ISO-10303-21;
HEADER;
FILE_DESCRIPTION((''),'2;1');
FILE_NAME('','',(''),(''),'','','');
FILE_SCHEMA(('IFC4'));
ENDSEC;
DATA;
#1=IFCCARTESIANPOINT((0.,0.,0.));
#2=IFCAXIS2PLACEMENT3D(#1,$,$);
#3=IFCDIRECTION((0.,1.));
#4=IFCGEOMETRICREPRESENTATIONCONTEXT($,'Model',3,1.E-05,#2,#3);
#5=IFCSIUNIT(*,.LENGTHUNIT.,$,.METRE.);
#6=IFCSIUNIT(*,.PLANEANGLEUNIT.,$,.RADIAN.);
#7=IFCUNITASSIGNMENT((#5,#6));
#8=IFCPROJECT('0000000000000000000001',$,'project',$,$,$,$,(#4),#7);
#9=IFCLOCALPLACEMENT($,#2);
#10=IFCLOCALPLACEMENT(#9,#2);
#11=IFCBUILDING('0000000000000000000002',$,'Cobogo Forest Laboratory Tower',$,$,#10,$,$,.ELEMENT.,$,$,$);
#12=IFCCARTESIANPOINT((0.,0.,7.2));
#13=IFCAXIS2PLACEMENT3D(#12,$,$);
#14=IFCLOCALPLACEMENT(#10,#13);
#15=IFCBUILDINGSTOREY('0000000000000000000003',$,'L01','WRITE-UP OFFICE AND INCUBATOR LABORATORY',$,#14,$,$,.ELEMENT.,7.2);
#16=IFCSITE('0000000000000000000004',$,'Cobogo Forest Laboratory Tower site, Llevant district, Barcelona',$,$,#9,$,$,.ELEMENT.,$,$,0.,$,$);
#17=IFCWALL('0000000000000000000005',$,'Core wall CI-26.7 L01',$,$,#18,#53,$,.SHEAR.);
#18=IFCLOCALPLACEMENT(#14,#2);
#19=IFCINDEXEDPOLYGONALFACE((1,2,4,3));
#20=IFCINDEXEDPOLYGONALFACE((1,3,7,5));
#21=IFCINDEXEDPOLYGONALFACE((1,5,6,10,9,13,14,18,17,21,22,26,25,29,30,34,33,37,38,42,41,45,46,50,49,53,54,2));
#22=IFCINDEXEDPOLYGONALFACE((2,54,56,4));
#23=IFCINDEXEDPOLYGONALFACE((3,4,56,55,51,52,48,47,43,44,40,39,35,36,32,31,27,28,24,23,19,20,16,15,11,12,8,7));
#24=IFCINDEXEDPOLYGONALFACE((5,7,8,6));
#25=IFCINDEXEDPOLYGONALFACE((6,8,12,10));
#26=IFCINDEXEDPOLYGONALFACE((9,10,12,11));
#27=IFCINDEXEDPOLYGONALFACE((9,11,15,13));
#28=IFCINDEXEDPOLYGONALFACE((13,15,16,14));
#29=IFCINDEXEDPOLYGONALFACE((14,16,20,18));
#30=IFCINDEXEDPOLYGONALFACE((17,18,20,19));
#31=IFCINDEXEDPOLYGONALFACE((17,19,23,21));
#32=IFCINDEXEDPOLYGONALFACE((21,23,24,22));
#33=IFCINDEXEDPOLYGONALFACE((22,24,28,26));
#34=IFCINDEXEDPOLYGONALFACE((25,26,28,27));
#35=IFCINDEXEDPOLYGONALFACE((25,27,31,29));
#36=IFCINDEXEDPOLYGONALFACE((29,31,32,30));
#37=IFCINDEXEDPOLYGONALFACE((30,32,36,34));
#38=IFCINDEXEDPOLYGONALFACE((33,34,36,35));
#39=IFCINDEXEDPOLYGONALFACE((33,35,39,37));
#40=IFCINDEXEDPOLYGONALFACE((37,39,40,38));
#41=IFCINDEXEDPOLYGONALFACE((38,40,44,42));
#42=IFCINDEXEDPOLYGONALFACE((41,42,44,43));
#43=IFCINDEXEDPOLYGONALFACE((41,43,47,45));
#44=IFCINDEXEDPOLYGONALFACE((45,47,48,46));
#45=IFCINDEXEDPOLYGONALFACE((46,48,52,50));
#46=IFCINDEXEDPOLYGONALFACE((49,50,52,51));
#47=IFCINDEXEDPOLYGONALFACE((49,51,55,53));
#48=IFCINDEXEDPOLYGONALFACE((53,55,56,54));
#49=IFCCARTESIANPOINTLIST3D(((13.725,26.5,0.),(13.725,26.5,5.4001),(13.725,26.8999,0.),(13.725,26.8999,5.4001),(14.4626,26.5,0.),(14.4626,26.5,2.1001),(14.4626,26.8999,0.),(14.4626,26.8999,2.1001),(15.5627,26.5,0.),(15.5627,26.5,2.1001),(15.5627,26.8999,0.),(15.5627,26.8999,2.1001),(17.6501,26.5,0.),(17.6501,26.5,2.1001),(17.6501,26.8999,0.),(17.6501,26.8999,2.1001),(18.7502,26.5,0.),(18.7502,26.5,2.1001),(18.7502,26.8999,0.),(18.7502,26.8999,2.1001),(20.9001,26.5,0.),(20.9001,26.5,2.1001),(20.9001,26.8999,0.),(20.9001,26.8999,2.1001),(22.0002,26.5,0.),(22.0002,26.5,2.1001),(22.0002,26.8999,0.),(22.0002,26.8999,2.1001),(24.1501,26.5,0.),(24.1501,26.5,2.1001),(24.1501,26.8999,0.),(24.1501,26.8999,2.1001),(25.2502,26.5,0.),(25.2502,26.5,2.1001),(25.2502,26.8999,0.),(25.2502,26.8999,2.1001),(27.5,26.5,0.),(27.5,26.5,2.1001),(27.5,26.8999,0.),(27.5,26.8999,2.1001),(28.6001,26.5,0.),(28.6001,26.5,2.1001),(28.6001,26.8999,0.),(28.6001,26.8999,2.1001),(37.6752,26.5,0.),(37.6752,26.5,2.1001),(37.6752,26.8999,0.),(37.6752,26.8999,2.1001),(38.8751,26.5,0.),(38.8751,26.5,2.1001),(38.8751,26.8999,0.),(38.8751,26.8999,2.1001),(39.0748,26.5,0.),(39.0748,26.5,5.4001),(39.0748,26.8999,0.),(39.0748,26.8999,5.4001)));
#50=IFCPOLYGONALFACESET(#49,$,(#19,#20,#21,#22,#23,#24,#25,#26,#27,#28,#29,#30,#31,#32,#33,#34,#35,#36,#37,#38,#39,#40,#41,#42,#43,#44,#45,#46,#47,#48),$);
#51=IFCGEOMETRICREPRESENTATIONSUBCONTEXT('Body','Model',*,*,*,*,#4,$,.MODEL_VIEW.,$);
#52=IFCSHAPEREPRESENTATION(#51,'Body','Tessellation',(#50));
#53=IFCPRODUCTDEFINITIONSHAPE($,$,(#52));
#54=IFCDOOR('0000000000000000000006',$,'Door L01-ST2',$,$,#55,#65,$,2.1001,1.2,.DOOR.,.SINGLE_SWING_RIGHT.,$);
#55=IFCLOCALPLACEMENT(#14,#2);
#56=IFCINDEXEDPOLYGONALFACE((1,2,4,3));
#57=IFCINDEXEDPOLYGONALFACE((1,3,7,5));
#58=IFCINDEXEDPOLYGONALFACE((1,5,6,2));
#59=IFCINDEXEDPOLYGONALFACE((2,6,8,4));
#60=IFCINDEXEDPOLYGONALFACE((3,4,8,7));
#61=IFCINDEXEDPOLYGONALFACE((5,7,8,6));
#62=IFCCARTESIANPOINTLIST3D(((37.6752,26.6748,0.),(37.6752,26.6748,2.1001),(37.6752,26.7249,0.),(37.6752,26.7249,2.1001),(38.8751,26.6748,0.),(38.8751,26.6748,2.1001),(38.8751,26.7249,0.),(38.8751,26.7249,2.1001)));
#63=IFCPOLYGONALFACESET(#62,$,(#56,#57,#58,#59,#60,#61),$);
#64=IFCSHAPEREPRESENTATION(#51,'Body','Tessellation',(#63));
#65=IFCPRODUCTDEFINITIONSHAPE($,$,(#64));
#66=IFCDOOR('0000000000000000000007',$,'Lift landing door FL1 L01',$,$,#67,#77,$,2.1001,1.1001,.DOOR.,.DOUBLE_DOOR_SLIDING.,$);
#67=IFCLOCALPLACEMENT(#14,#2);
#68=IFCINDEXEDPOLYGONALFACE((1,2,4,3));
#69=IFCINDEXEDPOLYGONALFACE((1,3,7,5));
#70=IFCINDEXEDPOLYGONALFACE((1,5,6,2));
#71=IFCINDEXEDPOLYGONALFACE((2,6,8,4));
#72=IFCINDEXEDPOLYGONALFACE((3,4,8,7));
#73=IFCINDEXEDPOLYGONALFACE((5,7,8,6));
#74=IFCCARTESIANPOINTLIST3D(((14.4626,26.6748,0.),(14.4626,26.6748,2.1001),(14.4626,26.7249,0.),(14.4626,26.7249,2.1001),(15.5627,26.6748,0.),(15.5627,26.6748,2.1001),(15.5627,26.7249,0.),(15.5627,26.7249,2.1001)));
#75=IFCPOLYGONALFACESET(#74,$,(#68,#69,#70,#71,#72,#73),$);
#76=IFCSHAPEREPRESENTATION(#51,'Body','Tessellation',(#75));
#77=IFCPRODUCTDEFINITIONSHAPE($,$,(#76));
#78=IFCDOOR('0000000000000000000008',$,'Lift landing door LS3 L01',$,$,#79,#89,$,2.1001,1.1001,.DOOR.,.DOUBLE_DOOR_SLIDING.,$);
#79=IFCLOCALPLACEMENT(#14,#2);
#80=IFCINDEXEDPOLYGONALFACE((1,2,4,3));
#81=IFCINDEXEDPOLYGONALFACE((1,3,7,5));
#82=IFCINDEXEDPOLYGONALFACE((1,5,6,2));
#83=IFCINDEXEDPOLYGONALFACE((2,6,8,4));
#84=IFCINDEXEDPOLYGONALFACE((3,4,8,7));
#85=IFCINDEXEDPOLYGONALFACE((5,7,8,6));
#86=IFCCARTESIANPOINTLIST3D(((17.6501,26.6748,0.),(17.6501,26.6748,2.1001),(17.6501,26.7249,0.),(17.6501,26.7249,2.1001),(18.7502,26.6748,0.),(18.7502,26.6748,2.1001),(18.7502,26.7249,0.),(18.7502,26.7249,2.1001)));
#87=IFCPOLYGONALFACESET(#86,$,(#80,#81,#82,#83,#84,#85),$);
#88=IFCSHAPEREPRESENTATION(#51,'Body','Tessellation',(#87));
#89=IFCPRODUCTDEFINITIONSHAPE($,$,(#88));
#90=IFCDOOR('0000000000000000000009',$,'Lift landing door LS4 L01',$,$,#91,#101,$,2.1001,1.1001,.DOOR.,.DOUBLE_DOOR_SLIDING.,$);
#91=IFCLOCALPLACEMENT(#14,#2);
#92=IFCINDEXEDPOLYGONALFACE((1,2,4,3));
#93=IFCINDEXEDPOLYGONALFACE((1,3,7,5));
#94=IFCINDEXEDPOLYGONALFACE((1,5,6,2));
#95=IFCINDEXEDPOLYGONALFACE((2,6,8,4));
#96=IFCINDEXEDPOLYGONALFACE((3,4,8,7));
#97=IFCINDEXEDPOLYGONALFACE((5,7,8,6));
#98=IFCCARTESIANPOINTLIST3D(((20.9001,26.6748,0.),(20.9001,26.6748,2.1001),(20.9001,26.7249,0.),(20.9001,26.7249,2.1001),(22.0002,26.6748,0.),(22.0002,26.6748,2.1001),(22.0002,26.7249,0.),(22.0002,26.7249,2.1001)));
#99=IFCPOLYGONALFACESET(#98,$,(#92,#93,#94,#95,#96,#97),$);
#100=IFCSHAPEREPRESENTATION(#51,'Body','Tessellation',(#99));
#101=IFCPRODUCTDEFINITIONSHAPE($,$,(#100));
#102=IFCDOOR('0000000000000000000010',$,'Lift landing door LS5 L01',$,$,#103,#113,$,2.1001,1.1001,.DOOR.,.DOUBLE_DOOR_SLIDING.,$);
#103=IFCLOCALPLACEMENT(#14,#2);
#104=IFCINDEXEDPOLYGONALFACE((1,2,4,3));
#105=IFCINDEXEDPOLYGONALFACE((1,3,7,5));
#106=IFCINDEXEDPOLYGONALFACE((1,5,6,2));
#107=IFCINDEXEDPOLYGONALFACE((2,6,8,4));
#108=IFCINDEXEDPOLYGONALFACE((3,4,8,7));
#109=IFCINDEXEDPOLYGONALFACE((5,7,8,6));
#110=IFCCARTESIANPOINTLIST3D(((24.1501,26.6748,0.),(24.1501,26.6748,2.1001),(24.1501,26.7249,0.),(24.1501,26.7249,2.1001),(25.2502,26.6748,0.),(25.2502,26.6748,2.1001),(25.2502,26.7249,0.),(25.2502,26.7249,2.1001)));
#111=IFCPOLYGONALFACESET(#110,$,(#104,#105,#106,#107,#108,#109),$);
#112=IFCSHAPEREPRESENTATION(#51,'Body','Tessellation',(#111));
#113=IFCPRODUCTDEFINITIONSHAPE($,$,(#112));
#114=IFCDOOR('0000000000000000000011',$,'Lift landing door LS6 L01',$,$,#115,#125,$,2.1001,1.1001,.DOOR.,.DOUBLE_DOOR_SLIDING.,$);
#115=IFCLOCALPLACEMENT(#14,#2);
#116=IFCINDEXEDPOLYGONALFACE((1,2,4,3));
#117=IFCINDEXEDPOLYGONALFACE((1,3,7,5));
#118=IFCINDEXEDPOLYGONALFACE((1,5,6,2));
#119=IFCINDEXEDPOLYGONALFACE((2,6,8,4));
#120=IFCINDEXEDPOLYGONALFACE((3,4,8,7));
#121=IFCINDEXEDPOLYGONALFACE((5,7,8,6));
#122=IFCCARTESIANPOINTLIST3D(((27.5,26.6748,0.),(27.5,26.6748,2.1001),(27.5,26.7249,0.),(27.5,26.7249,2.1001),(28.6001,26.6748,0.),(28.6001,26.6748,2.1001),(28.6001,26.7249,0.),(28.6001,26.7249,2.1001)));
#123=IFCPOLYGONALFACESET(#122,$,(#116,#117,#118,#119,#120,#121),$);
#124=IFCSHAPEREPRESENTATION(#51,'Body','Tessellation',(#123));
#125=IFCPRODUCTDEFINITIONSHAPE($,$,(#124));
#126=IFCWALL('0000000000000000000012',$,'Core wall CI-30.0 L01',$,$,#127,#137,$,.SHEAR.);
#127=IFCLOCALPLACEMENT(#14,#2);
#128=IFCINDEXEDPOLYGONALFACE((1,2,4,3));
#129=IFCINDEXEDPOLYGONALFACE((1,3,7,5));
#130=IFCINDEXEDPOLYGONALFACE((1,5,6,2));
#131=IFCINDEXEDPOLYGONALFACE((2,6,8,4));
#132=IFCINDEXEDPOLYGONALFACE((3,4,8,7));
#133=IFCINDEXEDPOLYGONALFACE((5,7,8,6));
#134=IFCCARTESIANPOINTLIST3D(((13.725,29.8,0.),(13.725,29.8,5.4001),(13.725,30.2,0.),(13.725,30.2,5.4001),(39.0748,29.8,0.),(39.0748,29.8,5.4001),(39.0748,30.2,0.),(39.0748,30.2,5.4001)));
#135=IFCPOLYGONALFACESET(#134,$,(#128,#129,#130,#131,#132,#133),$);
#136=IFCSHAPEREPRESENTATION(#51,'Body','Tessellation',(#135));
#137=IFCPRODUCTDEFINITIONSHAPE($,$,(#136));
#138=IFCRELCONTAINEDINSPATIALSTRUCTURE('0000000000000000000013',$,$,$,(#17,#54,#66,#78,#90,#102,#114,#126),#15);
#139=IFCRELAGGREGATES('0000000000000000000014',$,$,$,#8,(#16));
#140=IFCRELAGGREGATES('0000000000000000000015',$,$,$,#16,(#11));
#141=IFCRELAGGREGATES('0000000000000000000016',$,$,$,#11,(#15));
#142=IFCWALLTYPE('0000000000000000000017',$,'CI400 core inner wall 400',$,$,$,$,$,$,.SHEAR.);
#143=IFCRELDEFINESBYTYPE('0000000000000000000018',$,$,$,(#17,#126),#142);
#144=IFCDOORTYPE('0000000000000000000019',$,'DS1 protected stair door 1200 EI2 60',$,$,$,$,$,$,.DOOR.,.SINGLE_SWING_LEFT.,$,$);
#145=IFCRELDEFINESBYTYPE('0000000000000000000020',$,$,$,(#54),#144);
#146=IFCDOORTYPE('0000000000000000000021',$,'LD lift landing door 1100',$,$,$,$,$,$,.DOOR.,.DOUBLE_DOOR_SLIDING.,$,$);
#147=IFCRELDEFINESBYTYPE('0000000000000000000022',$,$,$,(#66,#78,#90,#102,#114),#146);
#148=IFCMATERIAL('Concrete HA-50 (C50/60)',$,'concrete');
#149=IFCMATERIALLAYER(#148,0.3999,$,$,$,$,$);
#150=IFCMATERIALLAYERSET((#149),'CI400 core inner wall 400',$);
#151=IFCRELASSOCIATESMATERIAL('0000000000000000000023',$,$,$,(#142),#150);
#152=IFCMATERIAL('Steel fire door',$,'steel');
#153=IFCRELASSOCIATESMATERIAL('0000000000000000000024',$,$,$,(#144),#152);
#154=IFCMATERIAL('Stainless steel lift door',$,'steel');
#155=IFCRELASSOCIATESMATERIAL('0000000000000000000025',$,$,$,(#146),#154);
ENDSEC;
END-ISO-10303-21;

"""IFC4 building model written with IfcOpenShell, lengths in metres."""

from ifc_helpers import new_model, si_unit, direction, frame, frame_2d, origin, place, context, subcontext, project, spatial, rectangle, extrude, material, layer, layer_set, type_object, element, fill, save


model = new_model("IFC4")

# Units and contexts
model_context = context("Model", 3, precision=1e-05, world=origin(), true_north=direction((0.0, 1.0)))
body_context = subcontext(model_context, "Body", "Model", "MODEL_VIEW")
ifc_project = project(units=[si_unit("LENGTHUNIT", "METRE"), si_unit("PLANEANGLEUNIT", "RADIAN")], contexts=[model_context])

# Site, building, storey
site_placement = place(None, origin())
site = spatial("IfcSite", under=ifc_project, at=site_placement, Name="Cobogo Forest Laboratory Tower site, Llevant district, Barcelona", CompositionType="ELEMENT", RefElevation=0.0)
building_placement = place(site_placement, origin())
building = spatial("IfcBuilding", under=site, at=building_placement, Name="Cobogo Forest Laboratory Tower", CompositionType="ELEMENT")
storey_placement = place(building_placement, frame((0.0, 0.0, 7.2)))
storey = spatial("IfcBuildingStorey", under=building, at=storey_placement, Name="L01", Description="WRITE-UP OFFICE AND INCUBATOR LABORATORY", CompositionType="ELEMENT", Elevation=7.2)

# Shared definitions
ifc_material_1 = material(Name="Concrete HA-50 (C50/60)", Category="concrete")

# Wall, openings, doors
ifc_layer_1 = layer(ifc_material_1, 0.3999)
ifc_layer_set_1 = layer_set([ifc_layer_1], Name="CI400 core inner wall 400")
wall_type_1 = type_object("IfcWallType", Name="CI400 core inner wall 400", PredefinedType="SHEAR", material=ifc_layer_set_1)
wall_1_placement = place(storey_placement, frame((13.7251, 26.7, 0.0), z_axis=(0.0, 0.0, 1.0), x_axis=(1.0, 0.0, 0.0)))
wall_1 = element("IfcWall", 1, at=wall_1_placement, inside=storey, type_object=wall_type_1, Name="Core wall CI-26.7 L01", PredefinedType="SHEAR", context=body_context, shape_type="SweptSolid", body=[
    extrude(rectangle(XDim=25.3499, YDim=0.3999, at=frame_2d((12.6748, 0.0))), origin(), (0.0, 0.0, 1.0), 5.4001),
])
opening_1_placement = place(wall_1_placement, frame((23.95, 0.0, 0.0)))
opening_1 = element("IfcOpeningElement", 2, at=opening_1_placement, cuts=wall_1, PredefinedType="OPENING", context=body_context, shape_type="SweptSolid", body=[
    extrude(rectangle(XDim=1.2, YDim=2.1001, at=frame_2d((0.6001, 1.05))), frame((0.0, 0.21, 0.0), z_axis=(0.0, -1.0, 0.0), x_axis=(1.0, 0.0, 0.0)), (0.0, 0.0, 1.0), 0.4199),
])
opening_2_placement = place(wall_1_placement, frame((0.7375, 0.0, 0.0)))
opening_2 = element("IfcOpeningElement", 3, at=opening_2_placement, cuts=wall_1, PredefinedType="OPENING", context=body_context, shape_type="SweptSolid", body=[
    extrude(rectangle(XDim=1.1001, YDim=2.1001, at=frame_2d((0.55, 1.05))), frame((0.0, 0.21, 0.0), z_axis=(0.0, -1.0, 0.0), x_axis=(1.0, 0.0, 0.0)), (0.0, 0.0, 1.0), 0.4199),
])
opening_3_placement = place(wall_1_placement, frame((3.925, 0.0, 0.0)))
opening_3 = element("IfcOpeningElement", 4, at=opening_3_placement, cuts=wall_1, PredefinedType="OPENING", context=body_context, shape_type="SweptSolid", body=[
    extrude(rectangle(XDim=1.1001, YDim=2.1001, at=frame_2d((0.55, 1.05))), frame((0.0, 0.21, 0.0), z_axis=(0.0, -1.0, 0.0), x_axis=(1.0, 0.0, 0.0)), (0.0, 0.0, 1.0), 0.4199),
])
opening_4_placement = place(wall_1_placement, frame((7.175, 0.0, 0.0)))
opening_4 = element("IfcOpeningElement", 5, at=opening_4_placement, cuts=wall_1, PredefinedType="OPENING", context=body_context, shape_type="SweptSolid", body=[
    extrude(rectangle(XDim=1.1001, YDim=2.1001, at=frame_2d((0.55, 1.05))), frame((0.0, 0.21, 0.0), z_axis=(0.0, -1.0, 0.0), x_axis=(1.0, 0.0, 0.0)), (0.0, 0.0, 1.0), 0.4199),
])
opening_5_placement = place(wall_1_placement, frame((10.425, 0.0, 0.0)))
opening_5 = element("IfcOpeningElement", 6, at=opening_5_placement, cuts=wall_1, PredefinedType="OPENING", context=body_context, shape_type="SweptSolid", body=[
    extrude(rectangle(XDim=1.1001, YDim=2.1001, at=frame_2d((0.55, 1.05))), frame((0.0, 0.21, 0.0), z_axis=(0.0, -1.0, 0.0), x_axis=(1.0, 0.0, 0.0)), (0.0, 0.0, 1.0), 0.4199),
])
opening_6_placement = place(wall_1_placement, frame((13.7749, 0.0, 0.0)))
opening_6 = element("IfcOpeningElement", 7, at=opening_6_placement, cuts=wall_1, PredefinedType="OPENING", context=body_context, shape_type="SweptSolid", body=[
    extrude(rectangle(XDim=1.1001, YDim=2.1001, at=frame_2d((0.55, 1.05))), frame((0.0, 0.21, 0.0), z_axis=(0.0, -1.0, 0.0), x_axis=(1.0, 0.0, 0.0)), (0.0, 0.0, 1.0), 0.4199),
])
ifc_material_2 = material(Name="Steel fire door", Category="steel")
door_type_1 = type_object("IfcDoorType", Name="DS1 protected stair door 1200 EI2 60", OperationType="SINGLE_SWING_LEFT", PredefinedType="DOOR", material=ifc_material_2)
door_1_placement = place(opening_1_placement, origin())
door_1 = element("IfcDoor", 8, at=door_1_placement, inside=storey, type_object=door_type_1, Name="Door L01-ST2", OperationType="SINGLE_SWING_RIGHT", OverallHeight=2.1001, OverallWidth=1.2, PredefinedType="DOOR", context=body_context, shape_type="SweptSolid", body=[
    extrude(rectangle(XDim=1.2, YDim=2.1001, at=frame_2d((0.6001, 1.05))), frame((0.0, 0.0249, 0.0), z_axis=(0.0, -1.0, 0.0), x_axis=(1.0, 0.0, 0.0)), (0.0, 0.0, 1.0), 0.05),
])
fill(opening_1, door_1)
ifc_material_3 = material(Name="Stainless steel lift door", Category="steel")
door_type_2 = type_object("IfcDoorType", Name="LD lift landing door 1100", OperationType="DOUBLE_DOOR_SLIDING", PredefinedType="DOOR", material=ifc_material_3)
door_2_placement = place(opening_2_placement, origin())
door_2 = element("IfcDoor", 9, at=door_2_placement, inside=storey, type_object=door_type_2, Name="Lift landing door FL1 L01", OperationType="DOUBLE_DOOR_SLIDING", OverallHeight=2.1001, OverallWidth=1.1001, PredefinedType="DOOR", context=body_context, shape_type="SweptSolid", body=[
    extrude(rectangle(XDim=1.1001, YDim=2.1001, at=frame_2d((0.55, 1.05))), frame((0.0, 0.0249, 0.0), z_axis=(0.0, -1.0, 0.0), x_axis=(1.0, 0.0, 0.0)), (0.0, 0.0, 1.0), 0.05),
])
fill(opening_2, door_2)
door_3_placement = place(opening_3_placement, origin())
door_3 = element("IfcDoor", 10, at=door_3_placement, inside=storey, type_object=door_type_2, Name="Lift landing door LS3 L01", OperationType="DOUBLE_DOOR_SLIDING", OverallHeight=2.1001, OverallWidth=1.1001, PredefinedType="DOOR", context=body_context, shape_type="SweptSolid", body=[
    extrude(rectangle(XDim=1.1001, YDim=2.1001, at=frame_2d((0.55, 1.05))), frame((0.0, 0.0249, 0.0), z_axis=(0.0, -1.0, 0.0), x_axis=(1.0, 0.0, 0.0)), (0.0, 0.0, 1.0), 0.05),
])
fill(opening_3, door_3)
door_4_placement = place(opening_4_placement, origin())
door_4 = element("IfcDoor", 11, at=door_4_placement, inside=storey, type_object=door_type_2, Name="Lift landing door LS4 L01", OperationType="DOUBLE_DOOR_SLIDING", OverallHeight=2.1001, OverallWidth=1.1001, PredefinedType="DOOR", context=body_context, shape_type="SweptSolid", body=[
    extrude(rectangle(XDim=1.1001, YDim=2.1001, at=frame_2d((0.55, 1.05))), frame((0.0, 0.0249, 0.0), z_axis=(0.0, -1.0, 0.0), x_axis=(1.0, 0.0, 0.0)), (0.0, 0.0, 1.0), 0.05),
])
fill(opening_4, door_4)
door_5_placement = place(opening_5_placement, origin())
door_5 = element("IfcDoor", 12, at=door_5_placement, inside=storey, type_object=door_type_2, Name="Lift landing door LS5 L01", OperationType="DOUBLE_DOOR_SLIDING", OverallHeight=2.1001, OverallWidth=1.1001, PredefinedType="DOOR", context=body_context, shape_type="SweptSolid", body=[
    extrude(rectangle(XDim=1.1001, YDim=2.1001, at=frame_2d((0.55, 1.05))), frame((0.0, 0.0249, 0.0), z_axis=(0.0, -1.0, 0.0), x_axis=(1.0, 0.0, 0.0)), (0.0, 0.0, 1.0), 0.05),
])
fill(opening_5, door_5)
door_6_placement = place(opening_6_placement, origin())
door_6 = element("IfcDoor", 13, at=door_6_placement, inside=storey, type_object=door_type_2, Name="Lift landing door LS6 L01", OperationType="DOUBLE_DOOR_SLIDING", OverallHeight=2.1001, OverallWidth=1.1001, PredefinedType="DOOR", context=body_context, shape_type="SweptSolid", body=[
    extrude(rectangle(XDim=1.1001, YDim=2.1001, at=frame_2d((0.55, 1.05))), frame((0.0, 0.0249, 0.0), z_axis=(0.0, -1.0, 0.0), x_axis=(1.0, 0.0, 0.0)), (0.0, 0.0, 1.0), 0.05),
])
fill(opening_6, door_6)

# Wall
wall_2_placement = place(storey_placement, frame((13.7251, 30.0, 0.0), z_axis=(0.0, 0.0, 1.0), x_axis=(1.0, 0.0, 0.0)))
element("IfcWall", 14, at=wall_2_placement, inside=storey, type_object=wall_type_1, Name="Core wall CI-30.0 L01", PredefinedType="SHEAR", context=body_context, shape_type="SweptSolid", body=[
    extrude(rectangle(XDim=25.3499, YDim=0.3999, at=frame_2d((12.6748, 0.0))), origin(), (0.0, 0.0, 1.0), 5.4001),
])

save(model, "model.ifc")
